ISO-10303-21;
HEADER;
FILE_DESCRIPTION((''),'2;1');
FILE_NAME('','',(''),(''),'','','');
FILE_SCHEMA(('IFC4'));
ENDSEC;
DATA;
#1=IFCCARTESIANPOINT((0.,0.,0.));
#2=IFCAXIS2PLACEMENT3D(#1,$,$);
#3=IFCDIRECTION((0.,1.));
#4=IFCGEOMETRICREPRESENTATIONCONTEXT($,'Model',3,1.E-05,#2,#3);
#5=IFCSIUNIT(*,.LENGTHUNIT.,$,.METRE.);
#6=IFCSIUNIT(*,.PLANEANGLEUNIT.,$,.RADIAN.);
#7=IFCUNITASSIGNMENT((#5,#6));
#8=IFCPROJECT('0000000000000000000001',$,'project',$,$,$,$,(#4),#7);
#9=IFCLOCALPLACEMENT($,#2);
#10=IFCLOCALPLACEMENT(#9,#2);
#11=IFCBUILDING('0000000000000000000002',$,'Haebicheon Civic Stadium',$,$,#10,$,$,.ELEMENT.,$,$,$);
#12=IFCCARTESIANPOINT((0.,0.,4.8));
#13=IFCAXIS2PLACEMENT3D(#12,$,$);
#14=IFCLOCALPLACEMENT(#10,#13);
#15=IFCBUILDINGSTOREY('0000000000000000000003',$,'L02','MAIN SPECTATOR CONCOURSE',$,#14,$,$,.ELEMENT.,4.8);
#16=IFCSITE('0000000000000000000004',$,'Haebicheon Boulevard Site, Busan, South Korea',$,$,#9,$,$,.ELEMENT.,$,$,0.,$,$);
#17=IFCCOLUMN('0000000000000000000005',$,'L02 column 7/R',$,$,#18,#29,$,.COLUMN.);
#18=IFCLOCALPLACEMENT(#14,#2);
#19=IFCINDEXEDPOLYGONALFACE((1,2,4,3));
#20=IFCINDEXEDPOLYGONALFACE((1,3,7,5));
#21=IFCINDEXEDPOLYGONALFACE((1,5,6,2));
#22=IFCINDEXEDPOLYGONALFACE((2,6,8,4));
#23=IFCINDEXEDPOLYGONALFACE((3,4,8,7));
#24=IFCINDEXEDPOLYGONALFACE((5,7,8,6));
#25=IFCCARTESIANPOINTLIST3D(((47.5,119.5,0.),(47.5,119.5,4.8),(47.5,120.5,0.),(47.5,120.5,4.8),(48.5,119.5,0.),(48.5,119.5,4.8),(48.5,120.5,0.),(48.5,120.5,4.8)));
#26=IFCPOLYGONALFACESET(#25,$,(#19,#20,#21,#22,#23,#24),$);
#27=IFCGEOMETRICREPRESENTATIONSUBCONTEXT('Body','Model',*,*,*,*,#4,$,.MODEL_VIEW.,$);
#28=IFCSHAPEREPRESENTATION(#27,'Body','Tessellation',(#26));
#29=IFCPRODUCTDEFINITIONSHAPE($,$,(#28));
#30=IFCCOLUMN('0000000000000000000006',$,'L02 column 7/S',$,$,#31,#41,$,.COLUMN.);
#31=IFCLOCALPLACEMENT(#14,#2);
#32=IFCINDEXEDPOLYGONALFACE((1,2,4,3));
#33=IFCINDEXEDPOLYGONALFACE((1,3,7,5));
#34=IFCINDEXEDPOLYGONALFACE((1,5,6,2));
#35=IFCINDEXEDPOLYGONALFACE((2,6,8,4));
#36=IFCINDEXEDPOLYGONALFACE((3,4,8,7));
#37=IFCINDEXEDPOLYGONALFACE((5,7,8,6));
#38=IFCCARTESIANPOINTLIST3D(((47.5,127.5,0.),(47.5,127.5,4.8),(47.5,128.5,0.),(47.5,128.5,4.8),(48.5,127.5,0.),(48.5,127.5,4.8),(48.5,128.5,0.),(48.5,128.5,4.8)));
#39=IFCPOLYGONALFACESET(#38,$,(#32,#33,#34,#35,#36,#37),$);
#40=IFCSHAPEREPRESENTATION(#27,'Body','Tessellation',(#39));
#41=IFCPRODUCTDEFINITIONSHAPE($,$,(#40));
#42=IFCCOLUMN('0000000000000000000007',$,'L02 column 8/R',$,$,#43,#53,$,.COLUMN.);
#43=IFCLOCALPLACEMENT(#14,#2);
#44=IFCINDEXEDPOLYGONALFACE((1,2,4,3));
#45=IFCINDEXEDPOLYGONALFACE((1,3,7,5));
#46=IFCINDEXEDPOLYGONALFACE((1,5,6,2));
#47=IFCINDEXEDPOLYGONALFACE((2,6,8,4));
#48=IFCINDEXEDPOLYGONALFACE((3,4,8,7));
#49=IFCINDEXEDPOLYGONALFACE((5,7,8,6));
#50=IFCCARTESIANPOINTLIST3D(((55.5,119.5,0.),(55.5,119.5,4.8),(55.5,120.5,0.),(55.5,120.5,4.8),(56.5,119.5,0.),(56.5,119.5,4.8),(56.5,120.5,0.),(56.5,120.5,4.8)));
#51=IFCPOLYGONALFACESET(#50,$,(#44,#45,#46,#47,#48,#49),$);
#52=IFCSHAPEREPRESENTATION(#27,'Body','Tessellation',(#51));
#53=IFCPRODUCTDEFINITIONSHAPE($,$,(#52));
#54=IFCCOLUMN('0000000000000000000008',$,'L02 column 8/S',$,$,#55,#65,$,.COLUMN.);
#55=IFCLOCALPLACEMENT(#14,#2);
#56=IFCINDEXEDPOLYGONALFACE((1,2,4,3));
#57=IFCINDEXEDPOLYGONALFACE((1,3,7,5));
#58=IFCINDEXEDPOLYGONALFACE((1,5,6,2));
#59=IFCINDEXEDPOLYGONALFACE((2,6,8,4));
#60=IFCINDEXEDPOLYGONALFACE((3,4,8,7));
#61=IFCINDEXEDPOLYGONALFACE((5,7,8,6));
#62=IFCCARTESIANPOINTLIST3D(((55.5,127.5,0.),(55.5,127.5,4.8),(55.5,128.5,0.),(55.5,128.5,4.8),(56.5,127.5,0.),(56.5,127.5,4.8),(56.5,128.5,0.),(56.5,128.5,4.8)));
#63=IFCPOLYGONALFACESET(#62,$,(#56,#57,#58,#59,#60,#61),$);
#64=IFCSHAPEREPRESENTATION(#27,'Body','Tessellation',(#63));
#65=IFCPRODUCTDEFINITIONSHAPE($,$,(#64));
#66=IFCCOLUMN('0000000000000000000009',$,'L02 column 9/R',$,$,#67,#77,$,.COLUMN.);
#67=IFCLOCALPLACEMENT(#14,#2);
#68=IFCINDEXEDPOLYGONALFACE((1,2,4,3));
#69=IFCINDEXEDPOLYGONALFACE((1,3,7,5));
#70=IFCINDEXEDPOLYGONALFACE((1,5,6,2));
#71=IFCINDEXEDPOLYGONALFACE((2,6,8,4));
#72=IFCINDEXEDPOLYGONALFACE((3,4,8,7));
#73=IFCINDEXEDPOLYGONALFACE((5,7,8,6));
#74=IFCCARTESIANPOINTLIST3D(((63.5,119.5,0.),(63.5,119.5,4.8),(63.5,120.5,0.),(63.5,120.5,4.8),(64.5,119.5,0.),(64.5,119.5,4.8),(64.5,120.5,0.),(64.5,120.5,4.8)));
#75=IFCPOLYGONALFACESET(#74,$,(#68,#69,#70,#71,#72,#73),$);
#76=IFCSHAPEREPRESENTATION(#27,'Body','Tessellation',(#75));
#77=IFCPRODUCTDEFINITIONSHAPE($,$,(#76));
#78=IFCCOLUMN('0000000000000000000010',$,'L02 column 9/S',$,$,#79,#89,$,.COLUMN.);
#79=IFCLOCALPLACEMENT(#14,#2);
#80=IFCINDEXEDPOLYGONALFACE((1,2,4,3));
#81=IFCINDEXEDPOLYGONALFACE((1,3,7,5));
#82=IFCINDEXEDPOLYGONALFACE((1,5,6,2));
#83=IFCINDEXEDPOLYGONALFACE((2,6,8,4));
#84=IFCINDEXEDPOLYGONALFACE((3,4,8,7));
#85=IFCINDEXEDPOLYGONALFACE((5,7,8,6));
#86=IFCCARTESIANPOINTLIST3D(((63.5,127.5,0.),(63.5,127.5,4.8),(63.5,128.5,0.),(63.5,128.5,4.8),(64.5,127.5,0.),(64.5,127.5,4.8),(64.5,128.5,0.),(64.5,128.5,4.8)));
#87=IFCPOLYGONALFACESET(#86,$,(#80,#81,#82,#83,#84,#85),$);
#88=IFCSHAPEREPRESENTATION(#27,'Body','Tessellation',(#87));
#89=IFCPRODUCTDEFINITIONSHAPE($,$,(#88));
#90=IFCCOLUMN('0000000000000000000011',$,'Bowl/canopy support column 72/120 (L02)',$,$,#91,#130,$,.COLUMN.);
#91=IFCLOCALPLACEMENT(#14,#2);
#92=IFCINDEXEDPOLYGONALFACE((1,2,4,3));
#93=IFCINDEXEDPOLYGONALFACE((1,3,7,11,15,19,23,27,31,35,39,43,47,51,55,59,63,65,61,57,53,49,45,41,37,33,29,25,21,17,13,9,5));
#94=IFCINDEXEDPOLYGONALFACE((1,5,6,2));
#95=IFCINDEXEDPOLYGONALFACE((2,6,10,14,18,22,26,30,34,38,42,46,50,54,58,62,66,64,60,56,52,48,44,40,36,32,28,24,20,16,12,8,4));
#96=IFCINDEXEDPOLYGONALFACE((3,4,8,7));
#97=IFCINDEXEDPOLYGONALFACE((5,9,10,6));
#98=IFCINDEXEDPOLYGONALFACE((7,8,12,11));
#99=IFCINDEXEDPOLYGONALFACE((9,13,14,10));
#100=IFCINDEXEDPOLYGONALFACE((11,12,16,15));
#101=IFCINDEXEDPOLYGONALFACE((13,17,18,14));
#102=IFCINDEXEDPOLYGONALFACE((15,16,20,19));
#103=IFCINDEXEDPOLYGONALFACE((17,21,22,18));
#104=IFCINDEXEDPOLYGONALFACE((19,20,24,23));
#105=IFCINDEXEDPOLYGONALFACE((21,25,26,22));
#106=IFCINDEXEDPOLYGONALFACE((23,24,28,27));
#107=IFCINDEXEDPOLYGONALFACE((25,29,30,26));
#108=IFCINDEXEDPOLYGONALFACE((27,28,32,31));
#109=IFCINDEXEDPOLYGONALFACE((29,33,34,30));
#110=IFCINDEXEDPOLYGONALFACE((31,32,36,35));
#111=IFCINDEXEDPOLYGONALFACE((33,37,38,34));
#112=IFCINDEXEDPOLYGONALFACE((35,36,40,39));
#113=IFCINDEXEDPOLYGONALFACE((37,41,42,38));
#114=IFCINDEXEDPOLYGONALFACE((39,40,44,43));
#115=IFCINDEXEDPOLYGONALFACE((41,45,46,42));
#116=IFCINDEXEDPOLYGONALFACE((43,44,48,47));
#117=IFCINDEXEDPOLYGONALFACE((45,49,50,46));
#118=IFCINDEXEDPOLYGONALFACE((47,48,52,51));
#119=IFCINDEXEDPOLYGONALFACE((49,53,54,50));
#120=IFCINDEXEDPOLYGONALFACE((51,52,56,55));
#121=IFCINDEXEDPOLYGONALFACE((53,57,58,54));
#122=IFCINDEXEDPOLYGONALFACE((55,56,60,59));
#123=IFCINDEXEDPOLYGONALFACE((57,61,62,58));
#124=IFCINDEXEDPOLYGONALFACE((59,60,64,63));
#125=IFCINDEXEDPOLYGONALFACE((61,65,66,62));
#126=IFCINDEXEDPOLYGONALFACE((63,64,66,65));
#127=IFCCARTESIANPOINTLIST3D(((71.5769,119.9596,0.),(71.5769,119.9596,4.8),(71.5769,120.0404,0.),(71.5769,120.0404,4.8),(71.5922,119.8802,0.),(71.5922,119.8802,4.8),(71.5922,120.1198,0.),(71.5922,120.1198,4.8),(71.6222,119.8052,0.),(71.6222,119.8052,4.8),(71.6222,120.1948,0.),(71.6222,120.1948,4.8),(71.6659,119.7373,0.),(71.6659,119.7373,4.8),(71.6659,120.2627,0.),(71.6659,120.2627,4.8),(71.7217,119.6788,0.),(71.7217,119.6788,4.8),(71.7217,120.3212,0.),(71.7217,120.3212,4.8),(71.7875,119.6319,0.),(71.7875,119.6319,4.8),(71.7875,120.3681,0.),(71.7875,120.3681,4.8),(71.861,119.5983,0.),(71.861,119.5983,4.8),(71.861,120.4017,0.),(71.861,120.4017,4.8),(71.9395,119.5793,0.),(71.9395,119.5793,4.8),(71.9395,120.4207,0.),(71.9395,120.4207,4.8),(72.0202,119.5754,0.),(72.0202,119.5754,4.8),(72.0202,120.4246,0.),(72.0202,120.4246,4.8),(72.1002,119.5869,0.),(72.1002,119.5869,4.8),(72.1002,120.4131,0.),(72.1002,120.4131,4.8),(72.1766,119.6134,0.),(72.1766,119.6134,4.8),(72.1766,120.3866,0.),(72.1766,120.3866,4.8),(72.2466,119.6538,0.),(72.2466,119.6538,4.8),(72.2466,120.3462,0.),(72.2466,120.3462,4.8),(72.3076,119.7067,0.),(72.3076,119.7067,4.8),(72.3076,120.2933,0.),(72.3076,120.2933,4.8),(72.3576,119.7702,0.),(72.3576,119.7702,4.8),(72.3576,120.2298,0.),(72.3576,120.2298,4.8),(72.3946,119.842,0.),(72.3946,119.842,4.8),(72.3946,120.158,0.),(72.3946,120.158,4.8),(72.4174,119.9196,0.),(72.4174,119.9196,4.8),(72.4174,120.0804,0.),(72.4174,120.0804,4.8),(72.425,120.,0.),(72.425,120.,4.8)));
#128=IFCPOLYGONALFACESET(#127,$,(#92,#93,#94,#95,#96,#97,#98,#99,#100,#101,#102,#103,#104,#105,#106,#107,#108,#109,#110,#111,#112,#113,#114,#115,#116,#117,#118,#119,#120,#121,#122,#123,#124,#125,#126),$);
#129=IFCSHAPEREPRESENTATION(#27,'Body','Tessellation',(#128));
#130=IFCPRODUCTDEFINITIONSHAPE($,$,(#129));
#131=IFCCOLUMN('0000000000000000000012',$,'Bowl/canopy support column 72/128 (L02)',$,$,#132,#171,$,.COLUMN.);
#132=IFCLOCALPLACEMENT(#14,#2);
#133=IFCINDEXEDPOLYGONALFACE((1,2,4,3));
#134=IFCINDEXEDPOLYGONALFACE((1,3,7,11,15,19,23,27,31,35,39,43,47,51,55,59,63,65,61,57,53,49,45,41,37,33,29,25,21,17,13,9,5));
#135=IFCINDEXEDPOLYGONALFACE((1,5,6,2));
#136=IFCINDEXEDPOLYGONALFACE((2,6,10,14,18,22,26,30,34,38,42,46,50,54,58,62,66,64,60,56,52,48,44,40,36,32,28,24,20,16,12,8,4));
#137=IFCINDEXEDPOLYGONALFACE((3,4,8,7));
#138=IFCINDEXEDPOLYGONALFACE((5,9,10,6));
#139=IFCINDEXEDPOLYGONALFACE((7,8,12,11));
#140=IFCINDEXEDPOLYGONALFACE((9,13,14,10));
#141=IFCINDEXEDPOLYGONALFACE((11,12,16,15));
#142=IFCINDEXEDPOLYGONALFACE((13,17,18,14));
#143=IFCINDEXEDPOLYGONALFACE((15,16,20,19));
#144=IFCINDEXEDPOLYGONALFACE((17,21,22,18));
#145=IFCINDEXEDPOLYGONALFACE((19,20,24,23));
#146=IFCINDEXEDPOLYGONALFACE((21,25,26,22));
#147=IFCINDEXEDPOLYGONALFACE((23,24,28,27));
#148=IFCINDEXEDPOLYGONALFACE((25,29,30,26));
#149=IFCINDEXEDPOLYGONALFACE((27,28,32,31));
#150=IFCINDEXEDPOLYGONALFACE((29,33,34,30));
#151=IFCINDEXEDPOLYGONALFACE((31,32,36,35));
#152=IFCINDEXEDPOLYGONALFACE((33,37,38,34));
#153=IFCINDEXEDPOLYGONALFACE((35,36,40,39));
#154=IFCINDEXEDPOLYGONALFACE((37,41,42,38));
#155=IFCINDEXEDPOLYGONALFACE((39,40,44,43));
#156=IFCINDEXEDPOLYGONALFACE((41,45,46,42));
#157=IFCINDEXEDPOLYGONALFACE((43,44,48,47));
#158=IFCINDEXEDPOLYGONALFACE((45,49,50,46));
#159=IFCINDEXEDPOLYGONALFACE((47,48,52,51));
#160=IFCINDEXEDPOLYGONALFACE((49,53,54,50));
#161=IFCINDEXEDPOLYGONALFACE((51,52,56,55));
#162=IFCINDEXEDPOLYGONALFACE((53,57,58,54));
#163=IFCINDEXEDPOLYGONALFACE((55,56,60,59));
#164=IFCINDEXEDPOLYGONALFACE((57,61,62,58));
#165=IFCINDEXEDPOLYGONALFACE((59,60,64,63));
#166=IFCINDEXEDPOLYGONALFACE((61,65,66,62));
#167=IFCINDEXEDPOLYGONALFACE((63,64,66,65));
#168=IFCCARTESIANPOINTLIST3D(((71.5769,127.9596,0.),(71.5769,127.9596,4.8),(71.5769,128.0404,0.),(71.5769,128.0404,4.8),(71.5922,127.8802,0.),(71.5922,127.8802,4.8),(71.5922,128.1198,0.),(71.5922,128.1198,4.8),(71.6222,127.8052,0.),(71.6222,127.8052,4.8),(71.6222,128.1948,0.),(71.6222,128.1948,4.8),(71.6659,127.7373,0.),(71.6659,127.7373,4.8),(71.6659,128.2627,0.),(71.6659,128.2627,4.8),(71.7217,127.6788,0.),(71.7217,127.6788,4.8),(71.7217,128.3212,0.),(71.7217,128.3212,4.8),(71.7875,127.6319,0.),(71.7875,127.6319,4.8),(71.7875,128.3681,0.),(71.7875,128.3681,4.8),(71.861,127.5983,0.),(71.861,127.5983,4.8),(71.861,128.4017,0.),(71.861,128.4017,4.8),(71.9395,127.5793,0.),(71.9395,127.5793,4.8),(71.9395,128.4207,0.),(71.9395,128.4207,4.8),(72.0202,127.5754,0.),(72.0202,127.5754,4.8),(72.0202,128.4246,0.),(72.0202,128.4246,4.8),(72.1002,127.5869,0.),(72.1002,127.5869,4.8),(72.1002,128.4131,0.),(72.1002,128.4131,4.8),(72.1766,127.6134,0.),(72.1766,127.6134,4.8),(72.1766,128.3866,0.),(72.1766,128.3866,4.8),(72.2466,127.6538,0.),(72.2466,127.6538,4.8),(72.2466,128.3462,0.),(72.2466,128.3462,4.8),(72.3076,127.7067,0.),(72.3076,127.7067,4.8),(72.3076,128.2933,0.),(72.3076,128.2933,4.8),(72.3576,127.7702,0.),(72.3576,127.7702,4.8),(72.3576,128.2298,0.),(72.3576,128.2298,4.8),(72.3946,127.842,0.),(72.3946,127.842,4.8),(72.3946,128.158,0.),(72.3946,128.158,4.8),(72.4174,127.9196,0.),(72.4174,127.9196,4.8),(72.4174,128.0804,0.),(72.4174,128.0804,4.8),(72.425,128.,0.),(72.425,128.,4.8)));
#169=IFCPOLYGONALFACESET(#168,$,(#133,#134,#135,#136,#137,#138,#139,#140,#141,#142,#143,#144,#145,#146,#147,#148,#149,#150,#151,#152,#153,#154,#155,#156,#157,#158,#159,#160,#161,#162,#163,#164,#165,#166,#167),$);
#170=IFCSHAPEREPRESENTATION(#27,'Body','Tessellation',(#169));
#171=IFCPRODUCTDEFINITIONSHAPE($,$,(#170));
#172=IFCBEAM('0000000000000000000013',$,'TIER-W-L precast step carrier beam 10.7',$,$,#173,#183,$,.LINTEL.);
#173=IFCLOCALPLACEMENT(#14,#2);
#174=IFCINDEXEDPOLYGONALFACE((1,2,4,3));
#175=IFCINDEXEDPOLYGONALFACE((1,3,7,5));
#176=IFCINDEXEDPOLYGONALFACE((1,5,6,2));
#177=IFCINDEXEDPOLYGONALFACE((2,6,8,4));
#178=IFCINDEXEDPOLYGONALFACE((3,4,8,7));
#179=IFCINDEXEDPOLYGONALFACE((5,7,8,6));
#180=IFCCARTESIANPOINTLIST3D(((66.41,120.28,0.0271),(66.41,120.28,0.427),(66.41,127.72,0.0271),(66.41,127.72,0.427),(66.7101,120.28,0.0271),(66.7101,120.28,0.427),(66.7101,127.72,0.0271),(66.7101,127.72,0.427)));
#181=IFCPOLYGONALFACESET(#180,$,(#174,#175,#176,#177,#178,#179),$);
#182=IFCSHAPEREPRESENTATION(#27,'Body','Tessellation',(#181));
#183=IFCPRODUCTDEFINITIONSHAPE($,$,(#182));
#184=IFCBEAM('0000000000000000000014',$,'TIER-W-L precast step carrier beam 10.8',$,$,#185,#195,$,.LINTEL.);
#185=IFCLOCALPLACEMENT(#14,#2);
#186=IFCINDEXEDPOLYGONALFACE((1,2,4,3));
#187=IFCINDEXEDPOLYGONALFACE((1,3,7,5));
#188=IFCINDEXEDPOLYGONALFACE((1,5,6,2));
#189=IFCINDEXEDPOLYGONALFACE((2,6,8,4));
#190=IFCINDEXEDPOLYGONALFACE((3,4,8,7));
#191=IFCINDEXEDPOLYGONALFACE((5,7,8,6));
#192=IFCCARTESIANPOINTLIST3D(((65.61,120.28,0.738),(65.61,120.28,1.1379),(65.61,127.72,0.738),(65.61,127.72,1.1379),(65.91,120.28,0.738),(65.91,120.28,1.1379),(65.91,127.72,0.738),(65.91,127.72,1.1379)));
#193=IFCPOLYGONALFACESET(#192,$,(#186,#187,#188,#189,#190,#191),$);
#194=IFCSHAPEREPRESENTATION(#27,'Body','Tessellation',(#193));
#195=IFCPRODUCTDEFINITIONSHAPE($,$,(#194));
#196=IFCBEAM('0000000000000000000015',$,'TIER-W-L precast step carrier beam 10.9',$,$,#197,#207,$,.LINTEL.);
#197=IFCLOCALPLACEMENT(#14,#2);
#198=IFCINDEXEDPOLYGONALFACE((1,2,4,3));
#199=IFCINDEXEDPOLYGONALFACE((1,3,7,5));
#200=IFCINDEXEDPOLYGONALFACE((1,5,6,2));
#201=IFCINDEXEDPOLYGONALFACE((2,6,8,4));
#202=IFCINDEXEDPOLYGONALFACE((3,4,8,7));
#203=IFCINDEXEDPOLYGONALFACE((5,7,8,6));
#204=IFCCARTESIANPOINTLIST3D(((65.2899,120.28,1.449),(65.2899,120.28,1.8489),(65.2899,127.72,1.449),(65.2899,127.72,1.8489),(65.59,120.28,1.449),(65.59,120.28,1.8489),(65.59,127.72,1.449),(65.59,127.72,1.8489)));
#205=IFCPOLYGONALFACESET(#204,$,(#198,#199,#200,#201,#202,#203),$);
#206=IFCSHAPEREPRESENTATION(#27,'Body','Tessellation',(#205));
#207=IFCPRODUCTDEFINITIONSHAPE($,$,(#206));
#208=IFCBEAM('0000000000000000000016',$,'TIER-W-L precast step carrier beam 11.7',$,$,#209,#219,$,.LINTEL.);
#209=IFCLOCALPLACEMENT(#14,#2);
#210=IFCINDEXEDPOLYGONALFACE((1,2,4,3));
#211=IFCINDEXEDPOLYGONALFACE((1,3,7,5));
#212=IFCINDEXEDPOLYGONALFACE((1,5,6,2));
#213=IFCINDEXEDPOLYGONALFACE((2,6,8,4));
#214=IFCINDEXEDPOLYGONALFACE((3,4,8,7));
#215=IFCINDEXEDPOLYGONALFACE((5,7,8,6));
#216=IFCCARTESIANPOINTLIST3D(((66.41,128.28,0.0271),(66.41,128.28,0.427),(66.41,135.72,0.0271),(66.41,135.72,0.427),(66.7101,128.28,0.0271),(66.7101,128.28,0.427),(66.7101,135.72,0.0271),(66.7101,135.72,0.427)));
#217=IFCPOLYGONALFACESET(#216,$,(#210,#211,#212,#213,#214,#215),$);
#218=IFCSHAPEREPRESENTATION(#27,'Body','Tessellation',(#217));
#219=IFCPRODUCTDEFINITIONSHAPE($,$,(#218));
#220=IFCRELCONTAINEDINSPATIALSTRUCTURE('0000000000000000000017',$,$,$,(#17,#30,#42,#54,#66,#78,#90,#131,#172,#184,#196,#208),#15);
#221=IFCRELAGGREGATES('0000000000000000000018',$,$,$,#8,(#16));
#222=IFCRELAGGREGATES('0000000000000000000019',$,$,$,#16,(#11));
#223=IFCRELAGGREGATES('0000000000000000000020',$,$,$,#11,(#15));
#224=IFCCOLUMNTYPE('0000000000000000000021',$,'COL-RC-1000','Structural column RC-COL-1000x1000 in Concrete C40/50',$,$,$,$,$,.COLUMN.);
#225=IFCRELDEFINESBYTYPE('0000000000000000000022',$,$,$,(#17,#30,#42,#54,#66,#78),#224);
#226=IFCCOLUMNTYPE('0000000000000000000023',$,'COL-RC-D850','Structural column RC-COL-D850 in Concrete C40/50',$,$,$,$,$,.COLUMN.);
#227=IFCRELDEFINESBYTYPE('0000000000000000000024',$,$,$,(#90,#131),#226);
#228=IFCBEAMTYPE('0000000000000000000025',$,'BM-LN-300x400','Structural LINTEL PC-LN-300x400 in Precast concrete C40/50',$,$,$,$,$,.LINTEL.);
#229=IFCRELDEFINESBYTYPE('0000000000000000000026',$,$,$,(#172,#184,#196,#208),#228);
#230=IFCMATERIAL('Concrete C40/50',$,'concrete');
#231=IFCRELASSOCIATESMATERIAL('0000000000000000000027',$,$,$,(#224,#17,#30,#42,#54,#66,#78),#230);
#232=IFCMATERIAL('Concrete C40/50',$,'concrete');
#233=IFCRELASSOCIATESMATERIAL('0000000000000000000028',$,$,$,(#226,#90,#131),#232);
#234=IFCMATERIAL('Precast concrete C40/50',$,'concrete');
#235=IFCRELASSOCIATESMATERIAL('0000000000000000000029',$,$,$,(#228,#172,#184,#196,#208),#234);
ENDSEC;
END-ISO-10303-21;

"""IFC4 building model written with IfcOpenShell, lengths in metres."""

from ifc_helpers import new_model, si_unit, direction, frame, origin, origin_2d, place, context, subcontext, project, spatial, rectangle, circle, extrude, material, material_profile, profile_set, type_object, element, save


model = new_model("IFC4")

# Units and contexts
model_context = context("Model", 3, precision=1e-05, world=origin(), true_north=direction((0.0, 1.0)))
body_context = subcontext(model_context, "Body", "Model", "MODEL_VIEW")
ifc_project = project(units=[si_unit("LENGTHUNIT", "METRE"), si_unit("PLANEANGLEUNIT", "RADIAN")], contexts=[model_context])

# Site, building, storey
site_placement = place(None, origin())
site = spatial("IfcSite", under=ifc_project, at=site_placement, Name="Haebicheon Boulevard Site, Busan, South Korea", CompositionType="ELEMENT", RefElevation=0.0)
building_placement = place(site_placement, origin())
building = spatial("IfcBuilding", under=site, at=building_placement, Name="Haebicheon Civic Stadium", CompositionType="ELEMENT")
storey_placement = place(building_placement, frame((0.0, 0.0, 4.8)))
storey = spatial("IfcBuildingStorey", under=building, at=storey_placement, Name="L02", Description="MAIN SPECTATOR CONCOURSE", CompositionType="ELEMENT", Elevation=4.8)

# Columns
ifc_material_1 = material(Name="Concrete C40/50", Category="concrete")
ifc_material_profile_1 = material_profile(ifc_material_1, rectangle(XDim=1.0, YDim=1.0, at=origin_2d()), Name="RC-COL-1000x1000")
ifc_profile_set_1 = profile_set([ifc_material_profile_1], Name="Concrete C40/50")
column_type_1 = type_object("IfcColumnType", Name="COL-RC-1000", Description="Structural column RC-COL-1000x1000 in Concrete C40/50", PredefinedType="COLUMN", material=ifc_profile_set_1)
for number, where, z_axis, x_axis, name in (
    (1, (48.0, 120.0, 0.0), (0.0, 0.0, 1.0), (1.0, 0.0, 0.0), "L02 column 7/R"),
    (2, (48.0, 128.0, 0.0), (0.0, 0.0, 1.0), (1.0, 0.0, 0.0), "L02 column 7/S"),
    (3, (56.0, 120.0, 0.0), (0.0, 0.0, 1.0), (1.0, 0.0, 0.0), "L02 column 8/R"),
    (4, (56.0, 128.0, 0.0), (0.0, 0.0, 1.0), (1.0, 0.0, 0.0), "L02 column 8/S"),
    (5, (64.0, 120.0, 0.0), (0.0, 0.0, 1.0), (1.0, 0.0, 0.0), "L02 column 9/R"),
    (6, (64.0, 128.0, 0.0), (0.0, 0.0, 1.0), (1.0, 0.0, 0.0), "L02 column 9/S"),
):
    element("IfcColumn", number, at=place(storey_placement, frame(where, z_axis=z_axis, x_axis=x_axis)), inside=storey, type_object=column_type_1, material=ifc_profile_set_1, Name=name, PredefinedType="COLUMN", context=body_context, shape_type="SweptSolid", body=[
        extrude(rectangle(XDim=1.0, YDim=1.0, at=origin_2d()), origin(), (0.0, 0.0, 1.0), 4.8),
    ])
ifc_material_2 = material(Name="Concrete C40/50", Category="concrete")
ifc_material_profile_2 = material_profile(ifc_material_2, circle(Radius=0.425, at=origin_2d()), Name="RC-COL-D850")
ifc_profile_set_2 = profile_set([ifc_material_profile_2], Name="Concrete C40/50")
column_type_2 = type_object("IfcColumnType", Name="COL-RC-D850", Description="Structural column RC-COL-D850 in Concrete C40/50", PredefinedType="COLUMN", material=ifc_profile_set_2)
for number, where, z_axis, x_axis, name in (
    (7, (72.0, 120.0, 0.0), (0.0, 0.0, 1.0), (1.0, 0.0, 0.0), "Bowl/canopy support column 72/120 (L02)"),
    (8, (72.0, 128.0, 0.0), (0.0, 0.0, 1.0), (1.0, 0.0, 0.0), "Bowl/canopy support column 72/128 (L02)"),
):
    element("IfcColumn", number, at=place(storey_placement, frame(where, z_axis=z_axis, x_axis=x_axis)), inside=storey, type_object=column_type_2, material=ifc_profile_set_2, Name=name, PredefinedType="COLUMN", context=body_context, shape_type="SweptSolid", body=[
        extrude(circle(Radius=0.425, at=origin_2d()), origin(), (0.0, 0.0, 1.0), 4.8),
    ])

# Beams
ifc_material_3 = material(Name="Precast concrete C40/50", Category="concrete")
ifc_material_profile_3 = material_profile(ifc_material_3, rectangle(XDim=0.3, YDim=0.3999, at=origin_2d()), Name="PC-LN-300x400")
ifc_profile_set_3 = profile_set([ifc_material_profile_3], Name="Precast concrete C40/50")
beam_type_1 = type_object("IfcBeamType", Name="BM-LN-300x400", Description="Structural LINTEL PC-LN-300x400 in Precast concrete C40/50", PredefinedType="LINTEL", material=ifc_profile_set_3)
for number, where, z_axis, x_axis, name in (
    (9, (66.5601, 120.28, 0.2271), (0.0, 1.0, 0.0), (-1.0, 0.0, 0.0), "TIER-W-L precast step carrier beam 10.7"),
    (10, (65.76, 120.28, 0.938), (0.0, 1.0, 0.0), (-1.0, 0.0, 0.0), "TIER-W-L precast step carrier beam 10.8"),
    (11, (65.4399, 120.28, 1.6489), (0.0, 1.0, 0.0), (-1.0, 0.0, 0.0), "TIER-W-L precast step carrier beam 10.9"),
    (12, (66.5601, 128.28, 0.2271), (0.0, 1.0, 0.0), (-1.0, 0.0, 0.0), "TIER-W-L precast step carrier beam 11.7"),
):
    element("IfcBeam", number, at=place(storey_placement, frame(where, z_axis=z_axis, x_axis=x_axis)), inside=storey, type_object=beam_type_1, material=ifc_profile_set_3, Name=name, PredefinedType="LINTEL", context=body_context, shape_type="SweptSolid", body=[
        extrude(rectangle(XDim=0.3, YDim=0.3999, at=origin_2d()), origin(), (0.0, 0.0, 1.0), 7.4399),
    ])

save(model, "model.ifc")
